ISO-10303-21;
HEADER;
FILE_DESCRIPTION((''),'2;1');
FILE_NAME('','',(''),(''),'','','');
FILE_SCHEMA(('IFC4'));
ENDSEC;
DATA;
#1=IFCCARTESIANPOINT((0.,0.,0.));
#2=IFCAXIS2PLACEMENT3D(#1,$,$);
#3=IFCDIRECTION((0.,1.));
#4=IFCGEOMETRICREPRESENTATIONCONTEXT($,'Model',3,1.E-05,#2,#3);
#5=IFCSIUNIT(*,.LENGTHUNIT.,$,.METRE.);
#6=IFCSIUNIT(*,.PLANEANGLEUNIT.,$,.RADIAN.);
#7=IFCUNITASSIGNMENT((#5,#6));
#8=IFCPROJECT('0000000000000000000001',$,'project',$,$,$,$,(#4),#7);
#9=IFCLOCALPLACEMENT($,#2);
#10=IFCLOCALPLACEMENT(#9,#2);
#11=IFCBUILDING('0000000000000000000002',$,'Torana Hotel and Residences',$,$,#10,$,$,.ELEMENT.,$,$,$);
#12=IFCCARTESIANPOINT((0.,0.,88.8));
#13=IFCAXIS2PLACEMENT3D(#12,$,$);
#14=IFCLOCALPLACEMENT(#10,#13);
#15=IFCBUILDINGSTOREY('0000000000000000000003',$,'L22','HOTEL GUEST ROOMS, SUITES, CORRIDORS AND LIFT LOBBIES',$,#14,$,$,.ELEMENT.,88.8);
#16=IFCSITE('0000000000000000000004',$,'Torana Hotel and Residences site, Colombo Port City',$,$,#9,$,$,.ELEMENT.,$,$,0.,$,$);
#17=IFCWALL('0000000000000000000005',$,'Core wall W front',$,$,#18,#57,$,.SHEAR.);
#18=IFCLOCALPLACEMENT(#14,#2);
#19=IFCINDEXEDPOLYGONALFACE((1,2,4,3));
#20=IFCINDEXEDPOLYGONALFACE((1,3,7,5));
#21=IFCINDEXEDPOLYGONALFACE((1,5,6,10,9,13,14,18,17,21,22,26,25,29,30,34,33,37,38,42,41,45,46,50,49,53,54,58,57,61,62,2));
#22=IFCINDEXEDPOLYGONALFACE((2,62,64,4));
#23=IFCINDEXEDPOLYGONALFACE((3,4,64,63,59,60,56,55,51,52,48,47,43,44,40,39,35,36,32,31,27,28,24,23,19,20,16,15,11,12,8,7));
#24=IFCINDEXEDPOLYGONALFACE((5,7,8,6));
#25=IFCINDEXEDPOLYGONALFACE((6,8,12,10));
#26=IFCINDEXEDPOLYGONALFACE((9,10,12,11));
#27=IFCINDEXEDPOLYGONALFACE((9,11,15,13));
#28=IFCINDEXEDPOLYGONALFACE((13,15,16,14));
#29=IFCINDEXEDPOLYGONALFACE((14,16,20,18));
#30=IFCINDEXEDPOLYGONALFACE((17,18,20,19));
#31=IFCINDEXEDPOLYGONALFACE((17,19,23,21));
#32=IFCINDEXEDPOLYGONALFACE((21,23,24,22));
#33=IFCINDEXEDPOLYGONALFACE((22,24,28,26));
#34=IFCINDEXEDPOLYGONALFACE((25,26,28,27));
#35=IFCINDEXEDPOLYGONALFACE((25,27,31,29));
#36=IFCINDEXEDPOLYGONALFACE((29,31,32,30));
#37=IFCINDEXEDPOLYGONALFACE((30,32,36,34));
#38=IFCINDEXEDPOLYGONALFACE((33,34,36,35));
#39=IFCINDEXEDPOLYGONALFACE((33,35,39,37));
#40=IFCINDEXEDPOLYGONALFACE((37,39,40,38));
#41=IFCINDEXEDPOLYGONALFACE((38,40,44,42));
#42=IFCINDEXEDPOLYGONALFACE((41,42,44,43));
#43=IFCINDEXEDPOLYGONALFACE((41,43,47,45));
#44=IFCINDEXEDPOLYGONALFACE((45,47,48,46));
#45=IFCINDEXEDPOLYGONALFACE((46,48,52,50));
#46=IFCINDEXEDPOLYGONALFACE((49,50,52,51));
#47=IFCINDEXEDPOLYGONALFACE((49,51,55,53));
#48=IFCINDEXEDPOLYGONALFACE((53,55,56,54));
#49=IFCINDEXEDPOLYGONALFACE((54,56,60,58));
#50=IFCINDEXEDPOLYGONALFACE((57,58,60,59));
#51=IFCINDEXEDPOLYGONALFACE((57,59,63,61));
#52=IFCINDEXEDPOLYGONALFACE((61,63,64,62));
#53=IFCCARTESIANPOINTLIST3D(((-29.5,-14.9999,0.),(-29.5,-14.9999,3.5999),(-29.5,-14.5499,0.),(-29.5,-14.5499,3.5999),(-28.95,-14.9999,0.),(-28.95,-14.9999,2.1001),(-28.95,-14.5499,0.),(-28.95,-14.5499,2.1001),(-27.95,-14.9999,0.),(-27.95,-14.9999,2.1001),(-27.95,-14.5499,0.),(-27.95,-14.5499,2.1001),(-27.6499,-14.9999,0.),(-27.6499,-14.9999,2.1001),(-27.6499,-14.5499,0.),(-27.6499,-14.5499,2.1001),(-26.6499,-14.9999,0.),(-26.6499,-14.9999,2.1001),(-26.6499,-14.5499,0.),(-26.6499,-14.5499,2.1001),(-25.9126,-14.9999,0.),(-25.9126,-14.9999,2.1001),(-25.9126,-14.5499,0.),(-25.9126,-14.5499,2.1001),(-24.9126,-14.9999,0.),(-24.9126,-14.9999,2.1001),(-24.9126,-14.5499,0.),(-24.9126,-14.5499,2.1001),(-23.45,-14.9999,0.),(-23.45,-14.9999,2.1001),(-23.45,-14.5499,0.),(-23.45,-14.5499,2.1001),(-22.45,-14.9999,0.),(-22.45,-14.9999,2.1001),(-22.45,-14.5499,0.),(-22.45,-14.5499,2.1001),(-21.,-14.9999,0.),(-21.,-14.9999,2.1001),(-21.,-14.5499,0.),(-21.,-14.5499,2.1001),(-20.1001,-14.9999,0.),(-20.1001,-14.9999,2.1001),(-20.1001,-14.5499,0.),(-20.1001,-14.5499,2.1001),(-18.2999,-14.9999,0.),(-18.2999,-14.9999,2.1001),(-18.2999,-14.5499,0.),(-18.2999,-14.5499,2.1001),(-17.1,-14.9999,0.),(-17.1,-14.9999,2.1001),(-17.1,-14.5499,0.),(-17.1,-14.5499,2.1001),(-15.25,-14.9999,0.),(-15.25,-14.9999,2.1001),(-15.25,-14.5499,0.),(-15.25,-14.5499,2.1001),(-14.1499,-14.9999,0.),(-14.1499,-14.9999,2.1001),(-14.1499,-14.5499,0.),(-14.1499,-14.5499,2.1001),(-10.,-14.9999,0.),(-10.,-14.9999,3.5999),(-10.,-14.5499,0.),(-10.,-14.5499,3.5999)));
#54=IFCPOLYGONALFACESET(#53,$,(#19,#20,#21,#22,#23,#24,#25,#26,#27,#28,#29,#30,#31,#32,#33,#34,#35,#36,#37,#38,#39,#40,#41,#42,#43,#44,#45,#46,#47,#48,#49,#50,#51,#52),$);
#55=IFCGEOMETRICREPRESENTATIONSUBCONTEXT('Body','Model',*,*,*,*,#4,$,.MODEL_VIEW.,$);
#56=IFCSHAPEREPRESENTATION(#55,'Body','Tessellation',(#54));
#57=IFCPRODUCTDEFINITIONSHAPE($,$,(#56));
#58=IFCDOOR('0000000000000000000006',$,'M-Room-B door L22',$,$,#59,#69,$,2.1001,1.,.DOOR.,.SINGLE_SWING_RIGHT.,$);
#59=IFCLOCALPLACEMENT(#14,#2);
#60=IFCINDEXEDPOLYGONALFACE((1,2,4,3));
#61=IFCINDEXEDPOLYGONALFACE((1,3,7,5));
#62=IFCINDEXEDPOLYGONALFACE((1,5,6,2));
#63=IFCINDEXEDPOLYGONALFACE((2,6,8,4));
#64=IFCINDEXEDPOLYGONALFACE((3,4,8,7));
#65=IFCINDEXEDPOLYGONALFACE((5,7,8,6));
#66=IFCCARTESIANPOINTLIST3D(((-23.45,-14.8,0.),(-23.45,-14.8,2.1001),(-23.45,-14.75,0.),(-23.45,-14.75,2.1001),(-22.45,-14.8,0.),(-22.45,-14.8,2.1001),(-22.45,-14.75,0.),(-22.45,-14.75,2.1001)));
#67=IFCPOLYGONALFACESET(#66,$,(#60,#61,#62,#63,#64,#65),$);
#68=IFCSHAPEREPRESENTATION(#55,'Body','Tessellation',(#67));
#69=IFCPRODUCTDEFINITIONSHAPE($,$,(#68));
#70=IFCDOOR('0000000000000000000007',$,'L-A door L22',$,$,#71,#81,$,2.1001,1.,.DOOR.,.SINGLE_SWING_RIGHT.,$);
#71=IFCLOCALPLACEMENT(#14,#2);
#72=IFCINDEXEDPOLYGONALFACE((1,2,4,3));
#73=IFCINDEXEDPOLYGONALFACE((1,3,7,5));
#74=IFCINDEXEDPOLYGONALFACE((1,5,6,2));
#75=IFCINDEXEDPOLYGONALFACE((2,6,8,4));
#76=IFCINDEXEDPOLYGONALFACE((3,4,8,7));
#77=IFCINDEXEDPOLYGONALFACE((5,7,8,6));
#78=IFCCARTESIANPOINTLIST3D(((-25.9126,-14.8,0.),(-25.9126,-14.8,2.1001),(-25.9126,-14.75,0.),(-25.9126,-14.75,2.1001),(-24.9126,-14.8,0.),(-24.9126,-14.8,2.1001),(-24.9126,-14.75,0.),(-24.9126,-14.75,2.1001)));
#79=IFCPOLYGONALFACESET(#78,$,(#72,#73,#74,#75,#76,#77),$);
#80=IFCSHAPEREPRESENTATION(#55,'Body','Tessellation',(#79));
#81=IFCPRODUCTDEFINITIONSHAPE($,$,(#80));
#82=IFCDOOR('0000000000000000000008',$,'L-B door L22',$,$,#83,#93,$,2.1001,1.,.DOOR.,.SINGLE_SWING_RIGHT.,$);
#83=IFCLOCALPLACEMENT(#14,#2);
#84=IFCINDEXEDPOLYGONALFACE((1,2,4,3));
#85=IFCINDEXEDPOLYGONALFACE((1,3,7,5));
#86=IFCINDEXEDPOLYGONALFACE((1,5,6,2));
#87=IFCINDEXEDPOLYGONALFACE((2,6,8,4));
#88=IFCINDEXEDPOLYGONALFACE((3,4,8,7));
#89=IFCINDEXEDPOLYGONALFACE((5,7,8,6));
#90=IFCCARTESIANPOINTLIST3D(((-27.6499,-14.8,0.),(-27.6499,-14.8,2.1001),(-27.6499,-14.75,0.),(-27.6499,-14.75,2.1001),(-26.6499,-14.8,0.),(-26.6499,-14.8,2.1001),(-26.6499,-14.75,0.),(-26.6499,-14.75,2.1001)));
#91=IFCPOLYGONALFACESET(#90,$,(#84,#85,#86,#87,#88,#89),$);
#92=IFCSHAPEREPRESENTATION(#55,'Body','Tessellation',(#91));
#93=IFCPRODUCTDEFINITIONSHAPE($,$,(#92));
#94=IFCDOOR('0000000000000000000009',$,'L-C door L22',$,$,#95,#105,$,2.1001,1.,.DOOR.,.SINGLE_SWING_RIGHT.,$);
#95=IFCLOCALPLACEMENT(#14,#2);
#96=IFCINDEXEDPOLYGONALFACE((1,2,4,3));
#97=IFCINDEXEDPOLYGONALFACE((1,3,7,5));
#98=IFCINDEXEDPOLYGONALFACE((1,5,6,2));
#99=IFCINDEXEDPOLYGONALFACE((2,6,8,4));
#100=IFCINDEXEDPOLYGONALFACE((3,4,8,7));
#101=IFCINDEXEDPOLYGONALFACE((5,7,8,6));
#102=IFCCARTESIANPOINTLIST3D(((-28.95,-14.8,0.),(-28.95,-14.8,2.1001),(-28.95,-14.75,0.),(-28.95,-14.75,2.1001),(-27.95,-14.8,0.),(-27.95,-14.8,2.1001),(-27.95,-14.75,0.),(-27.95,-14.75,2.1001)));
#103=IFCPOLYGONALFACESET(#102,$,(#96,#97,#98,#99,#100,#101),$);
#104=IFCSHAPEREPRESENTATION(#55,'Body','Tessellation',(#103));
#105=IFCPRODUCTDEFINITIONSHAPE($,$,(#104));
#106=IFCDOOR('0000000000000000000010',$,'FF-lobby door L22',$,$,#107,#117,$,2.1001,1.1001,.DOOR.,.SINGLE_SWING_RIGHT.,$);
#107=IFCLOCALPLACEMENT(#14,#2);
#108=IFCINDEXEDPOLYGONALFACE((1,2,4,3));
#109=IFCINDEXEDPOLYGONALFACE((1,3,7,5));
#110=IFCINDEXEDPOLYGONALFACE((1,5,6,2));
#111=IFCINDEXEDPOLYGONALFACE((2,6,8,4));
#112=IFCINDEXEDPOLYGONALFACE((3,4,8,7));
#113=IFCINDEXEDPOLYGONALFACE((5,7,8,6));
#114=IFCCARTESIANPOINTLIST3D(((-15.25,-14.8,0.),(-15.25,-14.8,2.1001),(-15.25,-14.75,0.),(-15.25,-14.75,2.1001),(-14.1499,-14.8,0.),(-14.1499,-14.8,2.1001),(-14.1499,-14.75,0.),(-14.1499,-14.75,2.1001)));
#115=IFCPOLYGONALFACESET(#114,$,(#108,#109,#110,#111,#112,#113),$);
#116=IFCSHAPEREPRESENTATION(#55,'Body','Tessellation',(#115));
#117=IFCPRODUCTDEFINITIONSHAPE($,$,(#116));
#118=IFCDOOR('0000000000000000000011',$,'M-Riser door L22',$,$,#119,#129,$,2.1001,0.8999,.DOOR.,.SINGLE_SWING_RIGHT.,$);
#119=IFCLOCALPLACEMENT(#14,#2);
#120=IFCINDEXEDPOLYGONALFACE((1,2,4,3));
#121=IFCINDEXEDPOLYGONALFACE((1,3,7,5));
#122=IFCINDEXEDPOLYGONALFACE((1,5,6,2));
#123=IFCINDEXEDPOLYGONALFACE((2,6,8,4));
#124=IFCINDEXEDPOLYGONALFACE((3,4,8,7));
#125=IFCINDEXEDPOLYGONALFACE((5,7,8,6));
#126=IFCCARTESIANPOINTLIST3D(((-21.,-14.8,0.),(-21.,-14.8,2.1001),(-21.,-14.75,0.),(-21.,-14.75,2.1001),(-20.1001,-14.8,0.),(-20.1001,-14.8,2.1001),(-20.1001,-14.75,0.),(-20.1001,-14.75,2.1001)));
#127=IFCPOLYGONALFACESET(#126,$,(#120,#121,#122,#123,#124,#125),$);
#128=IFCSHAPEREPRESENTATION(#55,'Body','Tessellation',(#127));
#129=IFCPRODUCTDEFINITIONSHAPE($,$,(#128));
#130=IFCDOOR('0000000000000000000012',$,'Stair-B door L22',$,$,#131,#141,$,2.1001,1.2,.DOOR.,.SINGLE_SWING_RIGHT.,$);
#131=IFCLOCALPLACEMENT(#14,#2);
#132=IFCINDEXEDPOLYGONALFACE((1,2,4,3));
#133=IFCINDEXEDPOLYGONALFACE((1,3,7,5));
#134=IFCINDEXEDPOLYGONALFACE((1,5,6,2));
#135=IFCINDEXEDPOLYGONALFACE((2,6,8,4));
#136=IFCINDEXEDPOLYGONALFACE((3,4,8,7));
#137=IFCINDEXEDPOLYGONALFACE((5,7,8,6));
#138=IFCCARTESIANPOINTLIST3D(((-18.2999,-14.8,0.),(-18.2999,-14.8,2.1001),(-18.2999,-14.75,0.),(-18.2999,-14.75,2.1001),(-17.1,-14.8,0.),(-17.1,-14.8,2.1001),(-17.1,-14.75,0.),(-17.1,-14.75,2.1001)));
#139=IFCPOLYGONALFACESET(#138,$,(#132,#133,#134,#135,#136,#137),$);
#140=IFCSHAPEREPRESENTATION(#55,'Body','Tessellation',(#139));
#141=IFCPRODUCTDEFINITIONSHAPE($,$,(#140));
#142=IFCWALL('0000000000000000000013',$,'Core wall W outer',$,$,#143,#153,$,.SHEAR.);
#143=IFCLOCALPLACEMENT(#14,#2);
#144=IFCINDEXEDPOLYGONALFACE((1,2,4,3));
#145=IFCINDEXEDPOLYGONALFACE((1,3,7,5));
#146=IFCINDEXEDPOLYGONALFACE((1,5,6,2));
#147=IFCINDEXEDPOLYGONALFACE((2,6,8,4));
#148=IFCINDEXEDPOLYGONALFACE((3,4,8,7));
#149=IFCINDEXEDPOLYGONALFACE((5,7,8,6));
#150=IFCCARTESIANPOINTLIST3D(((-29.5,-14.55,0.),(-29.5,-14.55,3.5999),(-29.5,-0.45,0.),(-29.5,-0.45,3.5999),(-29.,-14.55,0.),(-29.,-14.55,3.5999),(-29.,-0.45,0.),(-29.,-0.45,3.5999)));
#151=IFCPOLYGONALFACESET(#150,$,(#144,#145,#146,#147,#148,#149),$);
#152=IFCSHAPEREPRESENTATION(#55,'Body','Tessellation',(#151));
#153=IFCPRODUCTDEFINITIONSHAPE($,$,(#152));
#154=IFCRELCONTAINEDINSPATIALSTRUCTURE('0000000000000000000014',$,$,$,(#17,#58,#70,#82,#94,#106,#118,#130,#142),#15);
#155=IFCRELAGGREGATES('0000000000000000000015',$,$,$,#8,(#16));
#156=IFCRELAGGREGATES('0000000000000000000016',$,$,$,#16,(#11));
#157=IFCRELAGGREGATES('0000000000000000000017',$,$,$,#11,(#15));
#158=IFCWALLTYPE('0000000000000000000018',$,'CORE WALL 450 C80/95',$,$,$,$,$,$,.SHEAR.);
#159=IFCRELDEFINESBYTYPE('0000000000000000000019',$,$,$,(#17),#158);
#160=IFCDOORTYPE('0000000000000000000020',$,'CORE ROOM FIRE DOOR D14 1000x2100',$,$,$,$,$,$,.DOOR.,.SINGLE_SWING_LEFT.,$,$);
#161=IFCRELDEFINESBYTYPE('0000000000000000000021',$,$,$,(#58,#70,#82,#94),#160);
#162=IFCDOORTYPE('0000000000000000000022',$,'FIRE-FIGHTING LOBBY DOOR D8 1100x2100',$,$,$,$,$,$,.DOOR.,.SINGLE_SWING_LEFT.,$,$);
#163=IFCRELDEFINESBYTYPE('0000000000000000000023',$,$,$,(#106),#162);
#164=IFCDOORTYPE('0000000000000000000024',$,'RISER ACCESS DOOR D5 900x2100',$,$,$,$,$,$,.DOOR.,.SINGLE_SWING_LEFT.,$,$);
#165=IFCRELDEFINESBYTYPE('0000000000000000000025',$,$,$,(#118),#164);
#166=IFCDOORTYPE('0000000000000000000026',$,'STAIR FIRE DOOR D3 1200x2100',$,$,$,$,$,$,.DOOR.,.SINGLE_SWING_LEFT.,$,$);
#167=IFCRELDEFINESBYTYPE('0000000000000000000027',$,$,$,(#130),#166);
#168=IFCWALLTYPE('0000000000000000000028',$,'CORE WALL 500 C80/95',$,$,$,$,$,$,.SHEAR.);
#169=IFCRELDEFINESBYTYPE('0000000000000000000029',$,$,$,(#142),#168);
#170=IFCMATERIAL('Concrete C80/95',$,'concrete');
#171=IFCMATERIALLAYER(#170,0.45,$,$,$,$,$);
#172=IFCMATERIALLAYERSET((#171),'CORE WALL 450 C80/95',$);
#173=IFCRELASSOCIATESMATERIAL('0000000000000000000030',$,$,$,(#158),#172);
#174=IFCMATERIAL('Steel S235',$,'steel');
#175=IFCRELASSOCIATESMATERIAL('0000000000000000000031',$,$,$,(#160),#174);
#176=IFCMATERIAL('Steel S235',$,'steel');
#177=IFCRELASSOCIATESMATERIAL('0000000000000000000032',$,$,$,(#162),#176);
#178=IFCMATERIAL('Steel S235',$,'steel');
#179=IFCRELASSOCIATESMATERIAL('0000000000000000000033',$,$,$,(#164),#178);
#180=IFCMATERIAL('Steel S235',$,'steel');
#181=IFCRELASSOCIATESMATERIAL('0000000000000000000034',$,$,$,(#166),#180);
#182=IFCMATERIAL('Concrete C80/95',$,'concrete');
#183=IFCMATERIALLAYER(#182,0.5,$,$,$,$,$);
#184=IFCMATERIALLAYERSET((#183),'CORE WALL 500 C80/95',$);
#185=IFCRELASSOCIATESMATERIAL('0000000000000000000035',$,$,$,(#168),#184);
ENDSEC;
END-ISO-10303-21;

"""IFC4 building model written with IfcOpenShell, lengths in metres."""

from ifc_helpers import new_model, si_unit, direction, frame, frame_2d, origin, place, context, subcontext, project, spatial, rectangle, extrude, material, layer, layer_set, type_object, element, fill, save


model = new_model("IFC4")

# Units and contexts
model_context = context("Model", 3, precision=1e-05, world=origin(), true_north=direction((0.0, 1.0)))
body_context = subcontext(model_context, "Body", "Model", "MODEL_VIEW")
ifc_project = project(units=[si_unit("LENGTHUNIT", "METRE"), si_unit("PLANEANGLEUNIT", "RADIAN")], contexts=[model_context])

# Site, building, storey
site_placement = place(None, origin())
site = spatial("IfcSite", under=ifc_project, at=site_placement, Name="Torana Hotel and Residences site, Colombo Port City", CompositionType="ELEMENT", RefElevation=0.0)
building_placement = place(site_placement, origin())
building = spatial("IfcBuilding", under=site, at=building_placement, Name="Torana Hotel and Residences", CompositionType="ELEMENT")
storey_placement = place(building_placement, frame((0.0, 0.0, 88.8)))
storey = spatial("IfcBuildingStorey", under=building, at=storey_placement, Name="L22", Description="HOTEL GUEST ROOMS, SUITES, CORRIDORS AND LIFT LOBBIES", CompositionType="ELEMENT", Elevation=88.8)

# Wall, openings, doors
ifc_material_1 = material(Name="Concrete C80/95", Category="concrete")
ifc_layer_1 = layer(ifc_material_1, 0.45)
ifc_layer_set_1 = layer_set([ifc_layer_1], Name="CORE WALL 450 C80/95")
wall_type_1 = type_object("IfcWallType", Name="CORE WALL 450 C80/95", PredefinedType="SHEAR", material=ifc_layer_set_1)
wall_1_placement = place(storey_placement, frame((-29.5, -14.7749, 0.0), z_axis=(0.0, 0.0, 1.0), x_axis=(1.0, 0.0, 0.0)))
wall_1 = element("IfcWall", 1, at=wall_1_placement, inside=storey, type_object=wall_type_1, Name="Core wall W front", PredefinedType="SHEAR", context=body_context, shape_type="SweptSolid", body=[
    extrude(rectangle(XDim=19.5, YDim=0.45, at=frame_2d((9.75, 0.0))), origin(), (0.0, 0.0, 1.0), 3.5999),
])
opening_1_placement = place(wall_1_placement, frame((11.2, 0.0, 0.0)))
opening_1 = element("IfcOpeningElement", 2, at=opening_1_placement, cuts=wall_1, PredefinedType="OPENING", context=body_context, shape_type="SweptSolid", body=[
    extrude(rectangle(XDim=1.2, YDim=2.1001, at=frame_2d((0.6001, 1.05))), frame((0.0, 0.2349, 0.0), z_axis=(0.0, -1.0, 0.0), x_axis=(1.0, 0.0, 0.0)), (0.0, 0.0, 1.0), 0.47),
])
opening_2_placement = place(wall_1_placement, frame((14.25, 0.0, 0.0)))
opening_2 = element("IfcOpeningElement", 3, at=opening_2_placement, cuts=wall_1, PredefinedType="OPENING", context=body_context, shape_type="SweptSolid", body=[
    extrude(rectangle(XDim=1.1001, YDim=2.1001, at=frame_2d((0.55, 1.05))), frame((0.0, 0.2349, 0.0), z_axis=(0.0, -1.0, 0.0), x_axis=(1.0, 0.0, 0.0)), (0.0, 0.0, 1.0), 0.47),
])
opening_3_placement = place(wall_1_placement, frame((8.5, 0.0, 0.0)))
opening_3 = element("IfcOpeningElement", 4, at=opening_3_placement, cuts=wall_1, PredefinedType="OPENING", context=body_context, shape_type="SweptSolid", body=[
    extrude(rectangle(XDim=0.8999, YDim=2.1001, at=frame_2d((0.45, 1.05))), frame((0.0, 0.2349, 0.0), z_axis=(0.0, -1.0, 0.0), x_axis=(1.0, 0.0, 0.0)), (0.0, 0.0, 1.0), 0.47),
])
opening_4_placement = place(wall_1_placement, frame((6.05, 0.0, 0.0)))
opening_4 = element("IfcOpeningElement", 5, at=opening_4_placement, cuts=wall_1, PredefinedType="OPENING", context=body_context, shape_type="SweptSolid", body=[
    extrude(rectangle(XDim=1.0, YDim=2.1001, at=frame_2d((0.5, 1.05))), frame((0.0, 0.2349, 0.0), z_axis=(0.0, -1.0, 0.0), x_axis=(1.0, 0.0, 0.0)), (0.0, 0.0, 1.0), 0.47),
])
opening_5_placement = place(wall_1_placement, frame((3.5874, 0.0, 0.0)))
opening_5 = element("IfcOpeningElement", 6, at=opening_5_placement, cuts=wall_1, PredefinedType="OPENING", context=body_context, shape_type="SweptSolid", body=[
    extrude(rectangle(XDim=1.0, YDim=2.1001, at=frame_2d((0.5, 1.05))), frame((0.0, 0.2349, 0.0), z_axis=(0.0, -1.0, 0.0), x_axis=(1.0, 0.0, 0.0)), (0.0, 0.0, 1.0), 0.47),
])
opening_6_placement = place(wall_1_placement, frame((1.8501, 0.0, 0.0)))
opening_6 = element("IfcOpeningElement", 7, at=opening_6_placement, cuts=wall_1, PredefinedType="OPENING", context=body_context, shape_type="SweptSolid", body=[
    extrude(rectangle(XDim=1.0, YDim=2.1001, at=frame_2d((0.5, 1.05))), frame((0.0, 0.2349, 0.0), z_axis=(0.0, -1.0, 0.0), x_axis=(1.0, 0.0, 0.0)), (0.0, 0.0, 1.0), 0.47),
])
opening_7_placement = place(wall_1_placement, frame((0.55, 0.0, 0.0)))
opening_7 = element("IfcOpeningElement", 8, at=opening_7_placement, cuts=wall_1, PredefinedType="OPENING", context=body_context, shape_type="SweptSolid", body=[
    extrude(rectangle(XDim=1.0, YDim=2.1001, at=frame_2d((0.5, 1.05))), frame((0.0, 0.2349, 0.0), z_axis=(0.0, -1.0, 0.0), x_axis=(1.0, 0.0, 0.0)), (0.0, 0.0, 1.0), 0.47),
])
ifc_material_2 = material(Name="Steel S235", Category="steel")
door_type_1 = type_object("IfcDoorType", Name="CORE ROOM FIRE DOOR D14 1000x2100", OperationType="SINGLE_SWING_LEFT", PredefinedType="DOOR", material=ifc_material_2)
door_1_placement = place(opening_4_placement, origin())
door_1 = element("IfcDoor", 9, at=door_1_placement, inside=storey, type_object=door_type_1, Name="M-Room-B door L22", OperationType="SINGLE_SWING_RIGHT", OverallHeight=2.1001, OverallWidth=1.0, PredefinedType="DOOR", context=body_context, shape_type="SweptSolid", body=[
    extrude(rectangle(XDim=1.0, YDim=2.1001, at=frame_2d((0.5, 1.05))), frame((0.0, 0.0249, 0.0), z_axis=(0.0, -1.0, 0.0), x_axis=(1.0, 0.0, 0.0)), (0.0, 0.0, 1.0), 0.05),
])
fill(opening_4, door_1)
door_2_placement = place(opening_5_placement, origin())
door_2 = element("IfcDoor", 10, at=door_2_placement, inside=storey, type_object=door_type_1, Name="L-A door L22", OperationType="SINGLE_SWING_RIGHT", OverallHeight=2.1001, OverallWidth=1.0, PredefinedType="DOOR", context=body_context, shape_type="SweptSolid", body=[
    extrude(rectangle(XDim=1.0, YDim=2.1001, at=frame_2d((0.5, 1.05))), frame((0.0, 0.0249, 0.0), z_axis=(0.0, -1.0, 0.0), x_axis=(1.0, 0.0, 0.0)), (0.0, 0.0, 1.0), 0.05),
])
fill(opening_5, door_2)
door_3_placement = place(opening_6_placement, origin())
door_3 = element("IfcDoor", 11, at=door_3_placement, inside=storey, type_object=door_type_1, Name="L-B door L22", OperationType="SINGLE_SWING_RIGHT", OverallHeight=2.1001, OverallWidth=1.0, PredefinedType="DOOR", context=body_context, shape_type="SweptSolid", body=[
    extrude(rectangle(XDim=1.0, YDim=2.1001, at=frame_2d((0.5, 1.05))), frame((0.0, 0.0249, 0.0), z_axis=(0.0, -1.0, 0.0), x_axis=(1.0, 0.0, 0.0)), (0.0, 0.0, 1.0), 0.05),
])
fill(opening_6, door_3)
door_4_placement = place(opening_7_placement, origin())
door_4 = element("IfcDoor", 12, at=door_4_placement, inside=storey, type_object=door_type_1, Name="L-C door L22", OperationType="SINGLE_SWING_RIGHT", OverallHeight=2.1001, OverallWidth=1.0, PredefinedType="DOOR", context=body_context, shape_type="SweptSolid", body=[
    extrude(rectangle(XDim=1.0, YDim=2.1001, at=frame_2d((0.5, 1.05))), frame((0.0, 0.0249, 0.0), z_axis=(0.0, -1.0, 0.0), x_axis=(1.0, 0.0, 0.0)), (0.0, 0.0, 1.0), 0.05),
])
fill(opening_7, door_4)
ifc_material_3 = material(Name="Steel S235", Category="steel")
door_type_2 = type_object("IfcDoorType", Name="FIRE-FIGHTING LOBBY DOOR D8 1100x2100", OperationType="SINGLE_SWING_LEFT", PredefinedType="DOOR", material=ifc_material_3)
door_5_placement = place(opening_2_placement, origin())
door_5 = element("IfcDoor", 13, at=door_5_placement, inside=storey, type_object=door_type_2, Name="FF-lobby door L22", OperationType="SINGLE_SWING_RIGHT", OverallHeight=2.1001, OverallWidth=1.1001, PredefinedType="DOOR", context=body_context, shape_type="SweptSolid", body=[
    extrude(rectangle(XDim=1.1001, YDim=2.1001, at=frame_2d((0.55, 1.05))), frame((0.0, 0.0249, 0.0), z_axis=(0.0, -1.0, 0.0), x_axis=(1.0, 0.0, 0.0)), (0.0, 0.0, 1.0), 0.05),
])
fill(opening_2, door_5)
ifc_material_4 = material(Name="Steel S235", Category="steel")
door_type_3 = type_object("IfcDoorType", Name="RISER ACCESS DOOR D5 900x2100", OperationType="SINGLE_SWING_LEFT", PredefinedType="DOOR", material=ifc_material_4)
door_6_placement = place(opening_3_placement, origin())
door_6 = element("IfcDoor", 14, at=door_6_placement, inside=storey, type_object=door_type_3, Name="M-Riser door L22", OperationType="SINGLE_SWING_RIGHT", OverallHeight=2.1001, OverallWidth=0.8999, PredefinedType="DOOR", context=body_context, shape_type="SweptSolid", body=[
    extrude(rectangle(XDim=0.8999, YDim=2.1001, at=frame_2d((0.45, 1.05))), frame((0.0, 0.0249, 0.0), z_axis=(0.0, -1.0, 0.0), x_axis=(1.0, 0.0, 0.0)), (0.0, 0.0, 1.0), 0.05),
])
fill(opening_3, door_6)
ifc_material_5 = material(Name="Steel S235", Category="steel")
door_type_4 = type_object("IfcDoorType", Name="STAIR FIRE DOOR D3 1200x2100", OperationType="SINGLE_SWING_LEFT", PredefinedType="DOOR", material=ifc_material_5)
door_7_placement = place(opening_1_placement, origin())
door_7 = element("IfcDoor", 15, at=door_7_placement, inside=storey, type_object=door_type_4, Name="Stair-B door L22", OperationType="SINGLE_SWING_RIGHT", OverallHeight=2.1001, OverallWidth=1.2, PredefinedType="DOOR", context=body_context, shape_type="SweptSolid", body=[
    extrude(rectangle(XDim=1.2, YDim=2.1001, at=frame_2d((0.6001, 1.05))), frame((0.0, 0.0249, 0.0), z_axis=(0.0, -1.0, 0.0), x_axis=(1.0, 0.0, 0.0)), (0.0, 0.0, 1.0), 0.05),
])
fill(opening_1, door_7)

# Wall
ifc_material_6 = material(Name="Concrete C80/95", Category="concrete")
ifc_layer_2 = layer(ifc_material_6, 0.5)
ifc_layer_set_2 = layer_set([ifc_layer_2], Name="CORE WALL 500 C80/95")
wall_type_2 = type_object("IfcWallType", Name="CORE WALL 500 C80/95", PredefinedType="SHEAR", material=ifc_layer_set_2)
wall_2_placement = place(storey_placement, frame((-29.25, -14.55, 0.0), z_axis=(0.0, 0.0, 1.0), x_axis=(0.0, 1.0, 0.0)))
element("IfcWall", 16, at=wall_2_placement, inside=storey, type_object=wall_type_2, Name="Core wall W outer", PredefinedType="SHEAR", context=body_context, shape_type="SweptSolid", body=[
    extrude(rectangle(XDim=14.1001, YDim=0.5, at=frame_2d((7.05, 0.0))), origin(), (0.0, 0.0, 1.0), 3.5999),
])

save(model, "model.ifc")
